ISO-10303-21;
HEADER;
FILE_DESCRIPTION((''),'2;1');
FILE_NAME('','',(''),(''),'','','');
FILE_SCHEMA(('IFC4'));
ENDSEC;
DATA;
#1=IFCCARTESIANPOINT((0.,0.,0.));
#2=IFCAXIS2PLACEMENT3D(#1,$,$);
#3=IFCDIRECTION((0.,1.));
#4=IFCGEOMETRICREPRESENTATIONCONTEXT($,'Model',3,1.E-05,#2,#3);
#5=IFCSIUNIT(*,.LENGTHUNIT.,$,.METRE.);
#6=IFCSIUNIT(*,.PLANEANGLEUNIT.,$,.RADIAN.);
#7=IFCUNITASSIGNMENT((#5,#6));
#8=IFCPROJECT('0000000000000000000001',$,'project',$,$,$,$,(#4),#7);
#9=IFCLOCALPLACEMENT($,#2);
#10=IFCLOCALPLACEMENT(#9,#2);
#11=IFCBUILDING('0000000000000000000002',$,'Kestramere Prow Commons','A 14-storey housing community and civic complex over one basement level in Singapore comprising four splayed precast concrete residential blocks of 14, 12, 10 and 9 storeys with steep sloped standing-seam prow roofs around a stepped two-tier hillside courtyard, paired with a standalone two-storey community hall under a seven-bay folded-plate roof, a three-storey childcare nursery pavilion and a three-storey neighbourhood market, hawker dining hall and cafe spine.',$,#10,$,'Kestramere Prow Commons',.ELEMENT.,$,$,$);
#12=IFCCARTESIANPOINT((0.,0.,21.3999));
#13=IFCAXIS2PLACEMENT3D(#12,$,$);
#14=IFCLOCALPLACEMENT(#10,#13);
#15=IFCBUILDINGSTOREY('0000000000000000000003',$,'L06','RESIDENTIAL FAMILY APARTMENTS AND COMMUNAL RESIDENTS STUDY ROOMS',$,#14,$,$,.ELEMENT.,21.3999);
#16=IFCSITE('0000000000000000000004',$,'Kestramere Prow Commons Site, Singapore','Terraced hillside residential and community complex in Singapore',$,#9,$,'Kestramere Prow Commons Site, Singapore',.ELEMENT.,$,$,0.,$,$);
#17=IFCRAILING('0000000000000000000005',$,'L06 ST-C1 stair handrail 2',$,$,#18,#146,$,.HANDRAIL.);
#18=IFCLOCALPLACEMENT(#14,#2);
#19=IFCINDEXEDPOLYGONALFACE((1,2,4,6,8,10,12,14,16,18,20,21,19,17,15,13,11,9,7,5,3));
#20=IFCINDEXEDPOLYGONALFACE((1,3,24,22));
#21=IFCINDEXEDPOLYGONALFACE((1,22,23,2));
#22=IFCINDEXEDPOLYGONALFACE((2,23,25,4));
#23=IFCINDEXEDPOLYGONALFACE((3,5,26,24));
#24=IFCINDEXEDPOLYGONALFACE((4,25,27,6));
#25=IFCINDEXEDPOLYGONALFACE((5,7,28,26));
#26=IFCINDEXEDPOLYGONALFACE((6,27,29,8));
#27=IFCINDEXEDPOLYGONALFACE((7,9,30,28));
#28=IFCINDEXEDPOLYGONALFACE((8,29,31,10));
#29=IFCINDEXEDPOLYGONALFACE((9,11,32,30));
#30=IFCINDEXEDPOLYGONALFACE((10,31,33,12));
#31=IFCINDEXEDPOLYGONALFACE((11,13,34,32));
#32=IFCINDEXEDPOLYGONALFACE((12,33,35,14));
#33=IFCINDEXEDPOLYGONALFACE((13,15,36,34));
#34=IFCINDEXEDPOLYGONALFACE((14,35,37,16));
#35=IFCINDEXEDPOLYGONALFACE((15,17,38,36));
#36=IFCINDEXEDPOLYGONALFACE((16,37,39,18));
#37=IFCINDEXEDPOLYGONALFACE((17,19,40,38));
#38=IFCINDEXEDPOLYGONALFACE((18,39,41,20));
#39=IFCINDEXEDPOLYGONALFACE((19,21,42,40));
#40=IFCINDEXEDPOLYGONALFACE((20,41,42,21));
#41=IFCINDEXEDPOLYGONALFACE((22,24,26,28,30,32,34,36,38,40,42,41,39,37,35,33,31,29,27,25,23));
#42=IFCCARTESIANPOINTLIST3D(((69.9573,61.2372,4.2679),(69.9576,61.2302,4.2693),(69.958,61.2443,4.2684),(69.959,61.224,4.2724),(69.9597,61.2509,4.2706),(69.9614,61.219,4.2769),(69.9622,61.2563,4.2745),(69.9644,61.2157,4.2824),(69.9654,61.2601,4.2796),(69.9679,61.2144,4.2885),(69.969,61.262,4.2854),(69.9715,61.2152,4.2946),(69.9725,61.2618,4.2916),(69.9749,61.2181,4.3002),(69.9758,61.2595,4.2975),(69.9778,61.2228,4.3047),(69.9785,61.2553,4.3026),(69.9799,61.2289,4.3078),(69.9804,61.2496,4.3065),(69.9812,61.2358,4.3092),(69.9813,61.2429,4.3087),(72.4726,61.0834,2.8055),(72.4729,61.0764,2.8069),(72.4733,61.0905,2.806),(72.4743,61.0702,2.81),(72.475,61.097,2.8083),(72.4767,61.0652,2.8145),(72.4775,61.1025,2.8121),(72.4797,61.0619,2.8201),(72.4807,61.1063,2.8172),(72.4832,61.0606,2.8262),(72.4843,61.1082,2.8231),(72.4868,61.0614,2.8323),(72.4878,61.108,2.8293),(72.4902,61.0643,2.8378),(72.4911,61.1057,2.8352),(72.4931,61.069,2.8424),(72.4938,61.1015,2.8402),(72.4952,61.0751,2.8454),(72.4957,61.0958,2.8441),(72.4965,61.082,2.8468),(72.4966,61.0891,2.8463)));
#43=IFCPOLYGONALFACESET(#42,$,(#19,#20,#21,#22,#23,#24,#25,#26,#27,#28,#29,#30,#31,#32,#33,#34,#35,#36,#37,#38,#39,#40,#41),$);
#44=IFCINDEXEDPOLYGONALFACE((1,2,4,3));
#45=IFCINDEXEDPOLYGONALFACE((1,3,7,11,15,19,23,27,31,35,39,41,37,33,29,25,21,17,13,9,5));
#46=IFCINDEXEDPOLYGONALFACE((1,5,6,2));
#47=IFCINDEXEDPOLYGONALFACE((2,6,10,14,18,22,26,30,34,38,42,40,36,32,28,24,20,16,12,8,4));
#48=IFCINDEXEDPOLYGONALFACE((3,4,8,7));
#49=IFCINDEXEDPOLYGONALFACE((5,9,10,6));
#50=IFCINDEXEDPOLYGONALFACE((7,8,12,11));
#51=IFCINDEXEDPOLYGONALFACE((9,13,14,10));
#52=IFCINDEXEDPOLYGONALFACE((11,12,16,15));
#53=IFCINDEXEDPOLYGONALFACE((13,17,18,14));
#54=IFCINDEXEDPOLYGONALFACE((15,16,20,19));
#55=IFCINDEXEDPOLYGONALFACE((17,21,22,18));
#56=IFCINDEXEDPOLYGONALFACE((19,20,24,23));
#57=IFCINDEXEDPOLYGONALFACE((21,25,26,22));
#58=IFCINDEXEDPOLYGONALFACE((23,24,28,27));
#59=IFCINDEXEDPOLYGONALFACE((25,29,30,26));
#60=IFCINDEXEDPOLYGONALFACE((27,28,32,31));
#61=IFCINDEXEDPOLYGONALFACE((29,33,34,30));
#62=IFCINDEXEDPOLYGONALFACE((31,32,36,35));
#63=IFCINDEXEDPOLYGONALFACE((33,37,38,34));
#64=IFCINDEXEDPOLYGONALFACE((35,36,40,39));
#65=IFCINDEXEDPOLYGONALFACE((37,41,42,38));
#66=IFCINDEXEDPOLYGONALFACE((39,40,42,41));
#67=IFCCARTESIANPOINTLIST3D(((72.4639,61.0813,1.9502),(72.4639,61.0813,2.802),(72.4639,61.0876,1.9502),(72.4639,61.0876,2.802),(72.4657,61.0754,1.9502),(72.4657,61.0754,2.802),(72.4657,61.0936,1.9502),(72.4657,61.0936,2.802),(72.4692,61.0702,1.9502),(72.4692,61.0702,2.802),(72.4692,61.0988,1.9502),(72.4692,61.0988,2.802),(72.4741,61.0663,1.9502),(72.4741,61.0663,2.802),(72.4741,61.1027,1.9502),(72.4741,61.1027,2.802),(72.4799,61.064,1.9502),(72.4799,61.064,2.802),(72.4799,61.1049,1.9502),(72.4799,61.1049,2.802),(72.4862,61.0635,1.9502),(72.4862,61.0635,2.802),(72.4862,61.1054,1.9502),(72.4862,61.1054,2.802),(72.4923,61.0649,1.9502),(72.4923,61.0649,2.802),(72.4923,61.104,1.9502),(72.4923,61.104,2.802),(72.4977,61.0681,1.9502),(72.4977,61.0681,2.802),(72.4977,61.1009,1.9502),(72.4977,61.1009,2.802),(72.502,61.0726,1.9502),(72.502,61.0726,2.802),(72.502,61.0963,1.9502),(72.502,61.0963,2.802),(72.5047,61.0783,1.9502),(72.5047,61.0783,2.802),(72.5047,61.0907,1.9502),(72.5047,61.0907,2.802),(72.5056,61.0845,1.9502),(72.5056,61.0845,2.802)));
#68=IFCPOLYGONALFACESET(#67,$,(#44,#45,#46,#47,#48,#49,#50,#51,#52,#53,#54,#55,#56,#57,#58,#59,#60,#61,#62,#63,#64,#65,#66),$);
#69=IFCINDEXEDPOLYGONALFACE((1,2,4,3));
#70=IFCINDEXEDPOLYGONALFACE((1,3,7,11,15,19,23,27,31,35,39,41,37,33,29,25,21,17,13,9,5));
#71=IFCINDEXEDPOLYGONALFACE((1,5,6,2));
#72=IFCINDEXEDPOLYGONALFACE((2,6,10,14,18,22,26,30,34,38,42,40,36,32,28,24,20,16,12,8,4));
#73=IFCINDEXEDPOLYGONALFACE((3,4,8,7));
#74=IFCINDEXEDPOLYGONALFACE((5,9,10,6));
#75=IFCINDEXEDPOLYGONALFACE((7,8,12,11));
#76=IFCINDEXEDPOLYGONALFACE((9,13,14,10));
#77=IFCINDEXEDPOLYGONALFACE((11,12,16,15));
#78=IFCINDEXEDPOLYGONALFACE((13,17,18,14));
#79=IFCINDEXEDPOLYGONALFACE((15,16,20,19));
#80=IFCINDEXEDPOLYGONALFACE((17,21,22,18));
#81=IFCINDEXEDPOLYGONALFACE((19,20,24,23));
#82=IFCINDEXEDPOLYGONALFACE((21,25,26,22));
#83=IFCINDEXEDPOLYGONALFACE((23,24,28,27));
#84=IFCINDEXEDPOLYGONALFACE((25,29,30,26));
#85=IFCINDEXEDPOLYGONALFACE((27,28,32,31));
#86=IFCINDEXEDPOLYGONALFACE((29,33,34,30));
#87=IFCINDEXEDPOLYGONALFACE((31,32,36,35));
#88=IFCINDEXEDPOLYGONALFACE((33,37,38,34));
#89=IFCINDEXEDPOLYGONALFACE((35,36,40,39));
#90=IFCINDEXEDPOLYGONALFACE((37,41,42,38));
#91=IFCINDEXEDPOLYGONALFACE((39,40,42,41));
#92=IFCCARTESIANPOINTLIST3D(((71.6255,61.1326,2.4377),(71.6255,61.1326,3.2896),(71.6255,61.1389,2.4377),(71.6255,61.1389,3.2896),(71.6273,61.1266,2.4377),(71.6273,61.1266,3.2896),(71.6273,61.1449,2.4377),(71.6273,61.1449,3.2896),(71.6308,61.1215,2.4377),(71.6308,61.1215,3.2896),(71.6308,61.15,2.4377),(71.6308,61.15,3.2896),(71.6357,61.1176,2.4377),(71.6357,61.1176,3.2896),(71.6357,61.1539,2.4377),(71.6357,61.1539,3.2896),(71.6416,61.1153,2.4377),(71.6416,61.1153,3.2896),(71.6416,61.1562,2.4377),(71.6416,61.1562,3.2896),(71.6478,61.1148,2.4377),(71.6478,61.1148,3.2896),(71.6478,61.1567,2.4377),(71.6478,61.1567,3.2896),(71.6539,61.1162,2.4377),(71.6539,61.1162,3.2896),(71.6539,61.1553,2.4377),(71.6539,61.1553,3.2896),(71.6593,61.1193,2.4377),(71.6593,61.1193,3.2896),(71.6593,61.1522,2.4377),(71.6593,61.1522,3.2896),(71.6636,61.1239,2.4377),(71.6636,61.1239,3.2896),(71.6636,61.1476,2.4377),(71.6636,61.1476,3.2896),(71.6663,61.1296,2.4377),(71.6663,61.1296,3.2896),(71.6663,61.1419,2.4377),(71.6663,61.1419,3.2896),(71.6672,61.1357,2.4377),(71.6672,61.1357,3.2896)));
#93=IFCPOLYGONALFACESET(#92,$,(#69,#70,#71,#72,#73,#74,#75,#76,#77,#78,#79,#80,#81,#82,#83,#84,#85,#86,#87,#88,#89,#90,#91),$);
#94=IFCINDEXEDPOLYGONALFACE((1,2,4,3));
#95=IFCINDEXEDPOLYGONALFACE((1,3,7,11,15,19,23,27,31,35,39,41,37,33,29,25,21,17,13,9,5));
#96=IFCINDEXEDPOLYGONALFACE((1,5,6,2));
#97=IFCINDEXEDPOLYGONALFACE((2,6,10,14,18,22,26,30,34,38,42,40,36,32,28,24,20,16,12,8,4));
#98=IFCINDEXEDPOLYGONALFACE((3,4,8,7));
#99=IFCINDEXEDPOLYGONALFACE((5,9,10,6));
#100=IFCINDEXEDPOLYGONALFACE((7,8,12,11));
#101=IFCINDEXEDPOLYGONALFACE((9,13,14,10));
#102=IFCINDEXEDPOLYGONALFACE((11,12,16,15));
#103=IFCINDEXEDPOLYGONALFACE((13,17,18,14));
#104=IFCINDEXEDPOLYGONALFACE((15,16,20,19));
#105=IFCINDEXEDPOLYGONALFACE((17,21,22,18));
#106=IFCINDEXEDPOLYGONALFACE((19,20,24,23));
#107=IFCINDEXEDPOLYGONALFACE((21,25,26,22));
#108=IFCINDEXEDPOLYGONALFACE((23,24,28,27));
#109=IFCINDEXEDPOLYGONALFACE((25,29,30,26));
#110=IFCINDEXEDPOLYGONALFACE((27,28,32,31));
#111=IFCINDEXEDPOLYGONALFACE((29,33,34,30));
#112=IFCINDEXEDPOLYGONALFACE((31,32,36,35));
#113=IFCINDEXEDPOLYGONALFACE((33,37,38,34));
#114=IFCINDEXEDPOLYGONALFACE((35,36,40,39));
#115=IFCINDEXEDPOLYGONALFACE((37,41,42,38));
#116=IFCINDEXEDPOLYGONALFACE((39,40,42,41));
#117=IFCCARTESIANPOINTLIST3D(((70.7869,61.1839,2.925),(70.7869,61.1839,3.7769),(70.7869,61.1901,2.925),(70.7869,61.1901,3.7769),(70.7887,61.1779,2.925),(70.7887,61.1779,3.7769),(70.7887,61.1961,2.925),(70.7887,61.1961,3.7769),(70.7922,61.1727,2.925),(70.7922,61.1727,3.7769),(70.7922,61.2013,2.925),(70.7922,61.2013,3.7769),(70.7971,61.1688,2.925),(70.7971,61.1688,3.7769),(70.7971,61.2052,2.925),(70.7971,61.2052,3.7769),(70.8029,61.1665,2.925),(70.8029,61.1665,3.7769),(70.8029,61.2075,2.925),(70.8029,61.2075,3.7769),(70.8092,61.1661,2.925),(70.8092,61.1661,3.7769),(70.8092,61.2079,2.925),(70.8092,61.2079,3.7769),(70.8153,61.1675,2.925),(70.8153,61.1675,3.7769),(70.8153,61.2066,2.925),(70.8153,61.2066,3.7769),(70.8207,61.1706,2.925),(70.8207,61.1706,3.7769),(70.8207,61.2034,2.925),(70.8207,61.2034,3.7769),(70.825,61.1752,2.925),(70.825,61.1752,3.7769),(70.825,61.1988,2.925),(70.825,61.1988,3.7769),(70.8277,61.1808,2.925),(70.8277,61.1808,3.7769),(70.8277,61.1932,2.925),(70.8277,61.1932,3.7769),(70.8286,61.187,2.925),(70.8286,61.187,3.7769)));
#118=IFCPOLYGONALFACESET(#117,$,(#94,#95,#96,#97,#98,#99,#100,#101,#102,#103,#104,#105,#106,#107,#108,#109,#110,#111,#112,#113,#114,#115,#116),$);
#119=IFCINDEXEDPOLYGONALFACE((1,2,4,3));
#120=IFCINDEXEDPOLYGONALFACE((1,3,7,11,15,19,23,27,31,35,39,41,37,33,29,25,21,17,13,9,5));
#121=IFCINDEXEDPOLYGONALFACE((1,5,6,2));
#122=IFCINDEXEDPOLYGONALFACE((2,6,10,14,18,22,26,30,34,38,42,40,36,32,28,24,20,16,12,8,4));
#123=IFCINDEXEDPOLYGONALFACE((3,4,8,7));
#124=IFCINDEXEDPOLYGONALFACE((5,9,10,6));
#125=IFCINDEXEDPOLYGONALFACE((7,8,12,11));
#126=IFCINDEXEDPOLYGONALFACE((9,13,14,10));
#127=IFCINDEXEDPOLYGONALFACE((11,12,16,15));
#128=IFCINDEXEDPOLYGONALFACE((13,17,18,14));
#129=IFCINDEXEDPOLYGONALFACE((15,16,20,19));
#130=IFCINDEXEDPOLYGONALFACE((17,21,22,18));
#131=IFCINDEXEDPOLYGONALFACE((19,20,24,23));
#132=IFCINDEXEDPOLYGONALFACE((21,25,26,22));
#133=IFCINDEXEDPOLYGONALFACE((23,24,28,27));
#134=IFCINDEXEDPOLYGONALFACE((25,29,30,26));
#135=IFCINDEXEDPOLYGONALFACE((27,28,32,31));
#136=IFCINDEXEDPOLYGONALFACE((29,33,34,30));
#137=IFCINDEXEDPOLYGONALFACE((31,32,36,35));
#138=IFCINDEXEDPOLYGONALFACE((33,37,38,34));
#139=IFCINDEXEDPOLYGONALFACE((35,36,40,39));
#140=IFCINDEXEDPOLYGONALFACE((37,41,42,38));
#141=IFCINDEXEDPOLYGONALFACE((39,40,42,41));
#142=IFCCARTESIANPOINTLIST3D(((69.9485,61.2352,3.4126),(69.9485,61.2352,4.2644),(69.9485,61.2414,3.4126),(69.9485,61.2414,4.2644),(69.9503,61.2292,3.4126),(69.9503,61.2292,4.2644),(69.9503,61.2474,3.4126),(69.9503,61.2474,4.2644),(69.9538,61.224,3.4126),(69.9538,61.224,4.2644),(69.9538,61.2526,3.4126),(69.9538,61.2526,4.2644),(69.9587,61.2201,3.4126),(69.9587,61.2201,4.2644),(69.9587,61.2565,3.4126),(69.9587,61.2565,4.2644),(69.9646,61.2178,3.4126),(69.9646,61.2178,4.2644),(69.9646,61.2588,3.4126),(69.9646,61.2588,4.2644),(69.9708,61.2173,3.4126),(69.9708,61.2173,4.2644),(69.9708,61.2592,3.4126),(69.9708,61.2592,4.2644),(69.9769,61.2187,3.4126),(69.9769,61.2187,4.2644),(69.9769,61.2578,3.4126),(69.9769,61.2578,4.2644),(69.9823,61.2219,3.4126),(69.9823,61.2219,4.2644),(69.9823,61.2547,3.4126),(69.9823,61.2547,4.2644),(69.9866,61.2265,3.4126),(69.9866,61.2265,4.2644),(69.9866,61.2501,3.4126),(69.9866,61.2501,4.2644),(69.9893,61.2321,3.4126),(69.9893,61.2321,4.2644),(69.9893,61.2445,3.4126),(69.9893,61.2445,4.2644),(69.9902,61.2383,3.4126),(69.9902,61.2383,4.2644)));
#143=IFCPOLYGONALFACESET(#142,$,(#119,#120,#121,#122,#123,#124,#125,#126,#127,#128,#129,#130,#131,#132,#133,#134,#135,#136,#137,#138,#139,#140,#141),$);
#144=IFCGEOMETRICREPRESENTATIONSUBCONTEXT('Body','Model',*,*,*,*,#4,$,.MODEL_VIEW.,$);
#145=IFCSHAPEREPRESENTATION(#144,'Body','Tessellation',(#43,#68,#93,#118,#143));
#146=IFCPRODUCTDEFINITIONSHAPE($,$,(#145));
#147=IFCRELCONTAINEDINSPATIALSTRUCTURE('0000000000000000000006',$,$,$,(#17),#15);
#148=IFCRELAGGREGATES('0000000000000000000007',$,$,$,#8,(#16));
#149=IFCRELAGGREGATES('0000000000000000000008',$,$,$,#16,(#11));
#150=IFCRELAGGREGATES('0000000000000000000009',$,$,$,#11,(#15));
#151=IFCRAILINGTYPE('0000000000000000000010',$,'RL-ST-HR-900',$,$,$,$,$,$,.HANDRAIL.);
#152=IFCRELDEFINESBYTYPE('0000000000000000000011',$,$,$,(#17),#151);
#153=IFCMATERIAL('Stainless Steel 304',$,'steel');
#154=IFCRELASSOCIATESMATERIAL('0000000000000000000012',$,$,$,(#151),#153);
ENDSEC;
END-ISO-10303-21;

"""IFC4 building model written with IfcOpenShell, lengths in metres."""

from ifc_helpers import new_model, si_unit, direction, frame, origin, origin_2d, place, context, subcontext, project, spatial, circle, extrude, material, type_object, element, save


model = new_model("IFC4")

# Units and contexts
model_context = context("Model", 3, precision=1e-05, world=origin(), true_north=direction((0.0, 1.0)))
body_context = subcontext(model_context, "Body", "Model", "MODEL_VIEW")
ifc_project = project(units=[si_unit("LENGTHUNIT", "METRE"), si_unit("PLANEANGLEUNIT", "RADIAN")], contexts=[model_context])

# Site, building, storey
site_placement = place(None, origin())
site = spatial("IfcSite", under=ifc_project, at=site_placement, Name="Kestramere Prow Commons Site, Singapore", Description="Terraced hillside residential and community complex in Singapore", LongName="Kestramere Prow Commons Site, Singapore", CompositionType="ELEMENT", RefElevation=0.0)
building_placement = place(site_placement, origin())
building = spatial("IfcBuilding", under=site, at=building_placement, Name="Kestramere Prow Commons", Description="A 14-storey housing community and civic complex over one basement level in Singapore comprising four splayed precast concrete residential blocks of 14, 12, 10 and 9 storeys with steep sloped standing-seam prow roofs around a stepped two-tier hillside courtyard, paired with a standalone two-storey community hall under a seven-bay folded-plate roof, a three-storey childcare nursery pavilion and a three-storey neighbourhood market, hawker dining hall and cafe spine.", LongName="Kestramere Prow Commons", CompositionType="ELEMENT")
storey_placement = place(building_placement, frame((0.0, 0.0, 21.3999)))
storey = spatial("IfcBuildingStorey", under=building, at=storey_placement, Name="L06", Description="RESIDENTIAL FAMILY APARTMENTS AND COMMUNAL RESIDENTS STUDY ROOMS", CompositionType="ELEMENT", Elevation=21.3999)

# Railing
ifc_material_1 = material(Name="Stainless Steel 304", Category="steel")
railing_type_1 = type_object("IfcRailingType", Name="RL-ST-HR-900", PredefinedType="HANDRAIL", material=ifc_material_1)
railing_1_placement = place(storey_placement, frame((72.4846, 61.0845, 1.9502)))
element("IfcRailing", 1, at=railing_1_placement, inside=storey, type_object=railing_type_1, Name="L06 ST-C1 stair handrail 2", PredefinedType="HANDRAIL", context=body_context, shape_type="SweptSolid", body=[
    extrude(circle(Radius=0.0239, at=origin_2d()), frame((0.0, 0.0, 0.876), z_axis=(-0.863306, 0.052789, 0.501912), x_axis=(-0.061033, -0.998136, 0.0)), (0.0, 0.0, 1.0), 2.9136),
    extrude(circle(Radius=0.021, at=origin_2d()), origin(), (0.0, 0.0, 1.0), 0.8518),
    extrude(circle(Radius=0.021, at=origin_2d()), frame((-0.8384, 0.0513, 0.4875)), (0.0, 0.0, 1.0), 0.8518),
    extrude(circle(Radius=0.021, at=origin_2d()), frame((-1.677, 0.1025, 0.9749)), (0.0, 0.0, 1.0), 0.8518),
    extrude(circle(Radius=0.021, at=origin_2d()), frame((-2.5154, 0.1538, 1.4624)), (0.0, 0.0, 1.0), 0.8518),
])

save(model, "model.ifc")
